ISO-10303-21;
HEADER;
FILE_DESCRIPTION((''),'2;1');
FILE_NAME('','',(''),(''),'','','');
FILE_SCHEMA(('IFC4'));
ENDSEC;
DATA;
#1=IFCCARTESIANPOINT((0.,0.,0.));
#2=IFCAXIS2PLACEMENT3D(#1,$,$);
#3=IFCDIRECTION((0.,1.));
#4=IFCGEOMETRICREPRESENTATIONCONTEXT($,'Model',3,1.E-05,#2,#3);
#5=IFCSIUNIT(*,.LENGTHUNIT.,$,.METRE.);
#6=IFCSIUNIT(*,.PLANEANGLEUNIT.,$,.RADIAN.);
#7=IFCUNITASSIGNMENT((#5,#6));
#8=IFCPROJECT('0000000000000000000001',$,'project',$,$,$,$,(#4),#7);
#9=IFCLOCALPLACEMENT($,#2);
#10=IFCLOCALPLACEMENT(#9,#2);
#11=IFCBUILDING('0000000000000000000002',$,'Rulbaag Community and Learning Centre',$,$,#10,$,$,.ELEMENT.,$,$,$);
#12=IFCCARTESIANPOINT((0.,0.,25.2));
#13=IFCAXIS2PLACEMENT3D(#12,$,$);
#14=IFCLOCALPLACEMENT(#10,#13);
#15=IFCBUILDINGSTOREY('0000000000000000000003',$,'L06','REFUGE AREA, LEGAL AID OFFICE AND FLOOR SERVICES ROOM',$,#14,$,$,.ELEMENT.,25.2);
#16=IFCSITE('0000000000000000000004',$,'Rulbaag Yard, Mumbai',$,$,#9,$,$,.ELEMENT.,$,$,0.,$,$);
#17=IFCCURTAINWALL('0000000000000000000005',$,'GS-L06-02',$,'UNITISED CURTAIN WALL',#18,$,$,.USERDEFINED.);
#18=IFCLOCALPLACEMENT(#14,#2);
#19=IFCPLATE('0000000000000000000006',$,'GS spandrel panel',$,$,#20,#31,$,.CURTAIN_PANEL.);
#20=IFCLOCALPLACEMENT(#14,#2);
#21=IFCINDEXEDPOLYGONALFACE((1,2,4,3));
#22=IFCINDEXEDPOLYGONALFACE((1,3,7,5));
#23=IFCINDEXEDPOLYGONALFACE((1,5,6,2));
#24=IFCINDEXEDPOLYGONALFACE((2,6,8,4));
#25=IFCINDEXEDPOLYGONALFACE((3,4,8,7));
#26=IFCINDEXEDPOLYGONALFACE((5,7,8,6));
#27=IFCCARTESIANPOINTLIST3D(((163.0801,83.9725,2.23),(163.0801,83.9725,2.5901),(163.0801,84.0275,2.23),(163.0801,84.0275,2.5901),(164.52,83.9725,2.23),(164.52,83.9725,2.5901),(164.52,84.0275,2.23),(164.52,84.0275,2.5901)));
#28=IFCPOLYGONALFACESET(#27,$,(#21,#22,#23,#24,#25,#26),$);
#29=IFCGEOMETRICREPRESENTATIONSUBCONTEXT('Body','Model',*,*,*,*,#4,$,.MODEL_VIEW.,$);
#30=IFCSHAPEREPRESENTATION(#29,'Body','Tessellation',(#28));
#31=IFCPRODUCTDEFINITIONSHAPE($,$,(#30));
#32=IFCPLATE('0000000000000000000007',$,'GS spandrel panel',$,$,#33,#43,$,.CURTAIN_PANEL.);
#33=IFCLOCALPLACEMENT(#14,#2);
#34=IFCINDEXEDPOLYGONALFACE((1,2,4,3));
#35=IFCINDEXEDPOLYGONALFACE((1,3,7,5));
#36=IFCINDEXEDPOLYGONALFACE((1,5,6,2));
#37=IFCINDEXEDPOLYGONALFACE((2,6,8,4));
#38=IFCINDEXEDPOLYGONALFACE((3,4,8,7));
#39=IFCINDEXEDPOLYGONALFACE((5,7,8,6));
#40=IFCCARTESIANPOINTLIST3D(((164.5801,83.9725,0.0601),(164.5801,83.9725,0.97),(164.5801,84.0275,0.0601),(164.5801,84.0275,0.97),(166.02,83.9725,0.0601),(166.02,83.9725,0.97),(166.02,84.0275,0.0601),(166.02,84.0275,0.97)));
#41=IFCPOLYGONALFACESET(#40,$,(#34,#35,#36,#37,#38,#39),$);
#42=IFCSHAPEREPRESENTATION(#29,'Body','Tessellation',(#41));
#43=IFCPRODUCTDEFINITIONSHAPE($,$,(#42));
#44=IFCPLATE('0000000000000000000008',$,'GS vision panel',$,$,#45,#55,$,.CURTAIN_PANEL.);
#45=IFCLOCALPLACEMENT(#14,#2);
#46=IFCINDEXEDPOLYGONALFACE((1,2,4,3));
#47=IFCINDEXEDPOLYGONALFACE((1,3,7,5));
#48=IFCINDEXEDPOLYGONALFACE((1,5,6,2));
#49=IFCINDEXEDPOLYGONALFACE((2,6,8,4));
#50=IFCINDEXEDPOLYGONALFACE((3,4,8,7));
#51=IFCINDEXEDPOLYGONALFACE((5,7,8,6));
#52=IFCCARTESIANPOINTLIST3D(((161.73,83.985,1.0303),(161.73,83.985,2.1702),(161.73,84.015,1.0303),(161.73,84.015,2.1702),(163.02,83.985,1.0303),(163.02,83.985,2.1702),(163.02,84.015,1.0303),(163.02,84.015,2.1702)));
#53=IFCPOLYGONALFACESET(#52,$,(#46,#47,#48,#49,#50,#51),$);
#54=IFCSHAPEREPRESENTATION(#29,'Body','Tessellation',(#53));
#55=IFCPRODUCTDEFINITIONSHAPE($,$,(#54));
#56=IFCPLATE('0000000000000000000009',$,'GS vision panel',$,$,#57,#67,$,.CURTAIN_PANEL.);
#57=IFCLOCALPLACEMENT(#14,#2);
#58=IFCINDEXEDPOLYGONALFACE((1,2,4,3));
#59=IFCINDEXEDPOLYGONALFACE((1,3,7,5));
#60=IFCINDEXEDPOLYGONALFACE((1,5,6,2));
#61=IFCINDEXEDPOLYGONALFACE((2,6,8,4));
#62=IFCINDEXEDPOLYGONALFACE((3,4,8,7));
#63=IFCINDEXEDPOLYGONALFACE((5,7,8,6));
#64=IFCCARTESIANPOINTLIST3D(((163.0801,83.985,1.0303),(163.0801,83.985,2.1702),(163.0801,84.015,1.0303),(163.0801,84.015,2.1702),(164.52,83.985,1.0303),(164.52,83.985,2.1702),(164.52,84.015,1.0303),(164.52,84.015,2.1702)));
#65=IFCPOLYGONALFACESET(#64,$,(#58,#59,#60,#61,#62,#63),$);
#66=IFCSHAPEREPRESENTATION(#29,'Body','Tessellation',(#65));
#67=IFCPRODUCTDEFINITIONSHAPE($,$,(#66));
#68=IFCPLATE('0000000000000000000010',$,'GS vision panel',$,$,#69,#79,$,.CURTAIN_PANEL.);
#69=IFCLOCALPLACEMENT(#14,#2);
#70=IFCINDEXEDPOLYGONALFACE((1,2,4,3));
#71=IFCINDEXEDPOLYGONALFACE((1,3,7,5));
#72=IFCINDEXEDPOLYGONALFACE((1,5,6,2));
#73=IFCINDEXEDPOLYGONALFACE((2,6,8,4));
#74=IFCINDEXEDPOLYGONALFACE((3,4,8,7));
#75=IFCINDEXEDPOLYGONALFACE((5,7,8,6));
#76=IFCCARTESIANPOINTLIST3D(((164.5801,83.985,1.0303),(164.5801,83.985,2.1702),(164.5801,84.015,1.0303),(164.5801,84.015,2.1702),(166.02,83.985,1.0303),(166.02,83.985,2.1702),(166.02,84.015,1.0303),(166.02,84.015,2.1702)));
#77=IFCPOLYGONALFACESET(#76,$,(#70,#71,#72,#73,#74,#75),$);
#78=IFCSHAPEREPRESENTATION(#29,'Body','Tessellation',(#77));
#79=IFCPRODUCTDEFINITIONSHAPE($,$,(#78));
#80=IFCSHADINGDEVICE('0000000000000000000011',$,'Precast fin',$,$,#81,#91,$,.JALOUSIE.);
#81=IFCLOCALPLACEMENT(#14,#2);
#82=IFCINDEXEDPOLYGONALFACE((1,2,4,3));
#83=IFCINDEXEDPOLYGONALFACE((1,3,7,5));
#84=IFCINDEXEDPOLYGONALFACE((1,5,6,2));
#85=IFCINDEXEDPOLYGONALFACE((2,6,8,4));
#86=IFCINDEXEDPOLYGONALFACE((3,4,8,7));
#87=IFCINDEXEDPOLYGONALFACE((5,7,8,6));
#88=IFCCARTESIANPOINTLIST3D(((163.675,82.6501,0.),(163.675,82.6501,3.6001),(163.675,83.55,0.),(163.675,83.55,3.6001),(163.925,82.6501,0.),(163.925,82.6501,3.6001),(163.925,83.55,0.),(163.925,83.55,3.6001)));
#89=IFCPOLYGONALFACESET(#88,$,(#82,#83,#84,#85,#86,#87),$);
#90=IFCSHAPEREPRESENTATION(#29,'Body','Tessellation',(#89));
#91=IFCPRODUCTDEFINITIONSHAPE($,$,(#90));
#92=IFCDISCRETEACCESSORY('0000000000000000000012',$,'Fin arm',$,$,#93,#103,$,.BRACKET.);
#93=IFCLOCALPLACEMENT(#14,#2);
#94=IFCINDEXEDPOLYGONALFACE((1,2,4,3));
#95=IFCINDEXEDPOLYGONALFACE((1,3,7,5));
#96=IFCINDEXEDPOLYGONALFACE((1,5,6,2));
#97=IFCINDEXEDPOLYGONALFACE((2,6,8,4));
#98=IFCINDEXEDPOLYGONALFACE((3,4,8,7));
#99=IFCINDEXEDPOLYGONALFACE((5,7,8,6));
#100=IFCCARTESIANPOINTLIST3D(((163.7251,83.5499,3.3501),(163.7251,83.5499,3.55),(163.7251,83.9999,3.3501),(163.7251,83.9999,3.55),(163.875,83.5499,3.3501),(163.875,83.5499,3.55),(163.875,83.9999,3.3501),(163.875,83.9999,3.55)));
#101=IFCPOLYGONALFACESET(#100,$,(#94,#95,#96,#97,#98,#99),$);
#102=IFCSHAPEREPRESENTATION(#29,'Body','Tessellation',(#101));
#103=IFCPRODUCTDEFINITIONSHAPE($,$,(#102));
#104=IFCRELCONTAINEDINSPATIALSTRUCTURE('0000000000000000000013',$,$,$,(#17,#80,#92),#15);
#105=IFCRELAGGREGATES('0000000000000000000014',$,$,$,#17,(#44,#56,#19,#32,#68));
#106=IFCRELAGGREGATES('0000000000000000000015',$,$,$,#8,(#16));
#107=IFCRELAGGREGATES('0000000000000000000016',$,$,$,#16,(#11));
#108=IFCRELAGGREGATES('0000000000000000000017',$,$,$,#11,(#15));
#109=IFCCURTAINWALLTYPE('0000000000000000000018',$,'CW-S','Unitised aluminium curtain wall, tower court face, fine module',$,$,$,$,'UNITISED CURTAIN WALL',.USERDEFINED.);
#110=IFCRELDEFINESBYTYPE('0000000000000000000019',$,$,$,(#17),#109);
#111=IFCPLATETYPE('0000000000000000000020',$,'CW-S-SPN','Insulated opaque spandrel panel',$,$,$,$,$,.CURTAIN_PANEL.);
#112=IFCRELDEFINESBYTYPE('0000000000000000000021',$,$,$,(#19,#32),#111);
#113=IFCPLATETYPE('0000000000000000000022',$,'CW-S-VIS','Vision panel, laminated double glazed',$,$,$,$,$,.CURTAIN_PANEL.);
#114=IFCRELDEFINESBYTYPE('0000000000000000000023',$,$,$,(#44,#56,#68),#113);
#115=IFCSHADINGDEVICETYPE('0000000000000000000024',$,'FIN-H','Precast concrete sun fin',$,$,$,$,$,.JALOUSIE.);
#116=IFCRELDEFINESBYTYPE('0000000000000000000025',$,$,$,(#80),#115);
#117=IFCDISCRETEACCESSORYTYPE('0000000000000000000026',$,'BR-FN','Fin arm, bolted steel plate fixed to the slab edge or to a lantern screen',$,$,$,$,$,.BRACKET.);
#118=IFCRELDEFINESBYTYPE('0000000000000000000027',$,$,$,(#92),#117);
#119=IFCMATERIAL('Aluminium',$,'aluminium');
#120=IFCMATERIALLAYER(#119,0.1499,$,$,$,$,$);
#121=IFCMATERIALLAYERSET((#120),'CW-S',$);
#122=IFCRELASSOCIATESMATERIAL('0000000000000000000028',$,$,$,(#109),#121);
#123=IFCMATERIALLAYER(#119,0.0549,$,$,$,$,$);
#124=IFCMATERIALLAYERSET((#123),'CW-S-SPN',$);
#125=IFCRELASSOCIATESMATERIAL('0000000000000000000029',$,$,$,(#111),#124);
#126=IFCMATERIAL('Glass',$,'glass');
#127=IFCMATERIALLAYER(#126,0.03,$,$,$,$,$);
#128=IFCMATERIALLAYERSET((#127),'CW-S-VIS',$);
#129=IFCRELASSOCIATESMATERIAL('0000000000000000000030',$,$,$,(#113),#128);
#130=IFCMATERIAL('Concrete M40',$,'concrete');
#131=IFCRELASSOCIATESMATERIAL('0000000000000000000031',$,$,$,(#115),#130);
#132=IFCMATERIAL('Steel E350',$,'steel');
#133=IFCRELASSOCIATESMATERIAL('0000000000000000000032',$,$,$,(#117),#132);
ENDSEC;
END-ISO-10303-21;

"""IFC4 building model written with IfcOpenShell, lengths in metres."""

from ifc_helpers import new_model, si_unit, direction, frame, origin, origin_2d, place, context, subcontext, project, spatial, rectangle, extrude, material, layer, layer_set, material_profile, profile_set, type_object, element, aggregate, save


model = new_model("IFC4")

# Units and contexts
model_context = context("Model", 3, precision=1e-05, world=origin(), true_north=direction((0.0, 1.0)))
body_context = subcontext(model_context, "Body", "Model", "MODEL_VIEW")
ifc_project = project(units=[si_unit("LENGTHUNIT", "METRE"), si_unit("PLANEANGLEUNIT", "RADIAN")], contexts=[model_context])

# Site, building, storey
site_placement = place(None, origin())
site = spatial("IfcSite", under=ifc_project, at=site_placement, Name="Rulbaag Yard, Mumbai", CompositionType="ELEMENT", RefElevation=0.0)
building_placement = place(site_placement, origin())
building = spatial("IfcBuilding", under=site, at=building_placement, Name="Rulbaag Community and Learning Centre", CompositionType="ELEMENT")
storey_placement = place(building_placement, frame((0.0, 0.0, 25.2)))
storey = spatial("IfcBuildingStorey", under=building, at=storey_placement, Name="L06", Description="REFUGE AREA, LEGAL AID OFFICE AND FLOOR SERVICES ROOM", CompositionType="ELEMENT", Elevation=25.2)

# Curtain wall, plates
ifc_material_1 = material(Name="Aluminium", Category="aluminium")
ifc_layer_1 = layer(ifc_material_1, 0.1499)
ifc_layer_set_1 = layer_set([ifc_layer_1], Name="CW-S")
curtain_wall_type = type_object("IfcCurtainWallType", Name="CW-S", Description="Unitised aluminium curtain wall, tower court face, fine module", ElementType="UNITISED CURTAIN WALL", PredefinedType="USERDEFINED", material=ifc_layer_set_1)
curtain_wall_placement = place(storey_placement, origin())
curtain_wall = element("IfcCurtainWall", 1, at=curtain_wall_placement, inside=storey, type_object=curtain_wall_type, Name="GS-L06-02", ObjectType="UNITISED CURTAIN WALL", PredefinedType="USERDEFINED")
ifc_layer_2 = layer(ifc_material_1, 0.0549)
ifc_layer_set_2 = layer_set([ifc_layer_2], Name="CW-S-SPN")
plate_type_1 = type_object("IfcPlateType", Name="CW-S-SPN", Description="Insulated opaque spandrel panel", PredefinedType="CURTAIN_PANEL", material=ifc_layer_set_2)
plate_1_placement = place(storey_placement, frame((163.8, 84.0, 2.23), z_axis=(0.0, 0.0, 1.0), x_axis=(1.0, 0.0, 0.0)))
plate_1 = element("IfcPlate", 2, at=plate_1_placement, type_object=plate_type_1, Name="GS spandrel panel", PredefinedType="CURTAIN_PANEL", context=body_context, shape_type="SweptSolid", body=[
    extrude(rectangle(XDim=1.4399, YDim=0.0549, at=origin_2d()), origin(), (0.0, 0.0, 1.0), 0.3601),
])
plate_2_placement = place(storey_placement, frame((165.3, 84.0, 0.0601), z_axis=(0.0, 0.0, 1.0), x_axis=(1.0, 0.0, 0.0)))
plate_2 = element("IfcPlate", 3, at=plate_2_placement, type_object=plate_type_1, Name="GS spandrel panel", PredefinedType="CURTAIN_PANEL", context=body_context, shape_type="SweptSolid", body=[
    extrude(rectangle(XDim=1.4399, YDim=0.0549, at=origin_2d()), origin(), (0.0, 0.0, 1.0), 0.9099),
])
ifc_material_2 = material(Name="Glass", Category="glass")
ifc_layer_3 = layer(ifc_material_2, 0.03)
ifc_layer_set_3 = layer_set([ifc_layer_3], Name="CW-S-VIS")
plate_type_2 = type_object("IfcPlateType", Name="CW-S-VIS", Description="Vision panel, laminated double glazed", PredefinedType="CURTAIN_PANEL", material=ifc_layer_set_3)
plate_3_placement = place(storey_placement, frame((162.375, 84.0, 1.0303), z_axis=(0.0, 0.0, 1.0), x_axis=(1.0, 0.0, 0.0)))
plate_3 = element("IfcPlate", 4, at=plate_3_placement, type_object=plate_type_2, Name="GS vision panel", PredefinedType="CURTAIN_PANEL", context=body_context, shape_type="SweptSolid", body=[
    extrude(rectangle(XDim=1.29, YDim=0.03, at=origin_2d()), origin(), (0.0, 0.0, 1.0), 1.1399),
])
plate_4_placement = place(storey_placement, frame((163.8, 84.0, 1.0303), z_axis=(0.0, 0.0, 1.0), x_axis=(1.0, 0.0, 0.0)))
plate_4 = element("IfcPlate", 5, at=plate_4_placement, type_object=plate_type_2, Name="GS vision panel", PredefinedType="CURTAIN_PANEL", context=body_context, shape_type="SweptSolid", body=[
    extrude(rectangle(XDim=1.4399, YDim=0.03, at=origin_2d()), origin(), (0.0, 0.0, 1.0), 1.1399),
])
plate_5_placement = place(storey_placement, frame((165.3, 84.0, 1.0303), z_axis=(0.0, 0.0, 1.0), x_axis=(1.0, 0.0, 0.0)))
plate_5 = element("IfcPlate", 6, at=plate_5_placement, type_object=plate_type_2, Name="GS vision panel", PredefinedType="CURTAIN_PANEL", context=body_context, shape_type="SweptSolid", body=[
    extrude(rectangle(XDim=1.4399, YDim=0.03, at=origin_2d()), origin(), (0.0, 0.0, 1.0), 1.1399),
])
aggregate(curtain_wall, [plate_3, plate_4, plate_1, plate_2, plate_5])

# Shading device
ifc_material_3 = material(Name="Concrete M40", Category="concrete")
ifc_material_profile_1 = material_profile(ifc_material_3, rectangle(XDim=0.25, YDim=0.8999, at=origin_2d()), Name="PC 250x900")
ifc_profile_set_1 = profile_set([ifc_material_profile_1], Name="Concrete M40")
shading_device_type_1 = type_object("IfcShadingDeviceType", Name="FIN-H", Description="Precast concrete sun fin", PredefinedType="JALOUSIE", material=ifc_profile_set_1)
shading_device_1_placement = place(storey_placement, frame((163.8, 83.1001, 0.0), z_axis=(0.0, 0.0, 1.0), x_axis=(1.0, 0.0, 0.0)))
element("IfcShadingDevice", 7, at=shading_device_1_placement, inside=storey, type_object=shading_device_type_1, Name="Precast fin", PredefinedType="JALOUSIE", context=body_context, shape_type="SweptSolid", body=[
    extrude(rectangle(XDim=0.25, YDim=0.8999, at=origin_2d()), origin(), (0.0, 0.0, 1.0), 3.6001),
])

# Discrete accessory
ifc_material_4 = material(Name="Steel E350", Category="steel")
discrete_accessory_type = type_object("IfcDiscreteAccessoryType", Name="BR-FN", Description="Fin arm, bolted steel plate fixed to the slab edge or to a lantern screen", PredefinedType="BRACKET", material=ifc_material_4)
discrete_accessory_placement = place(storey_placement, frame((163.8, 83.7749, 3.3501), z_axis=(0.0, 0.0, 1.0), x_axis=(1.0, 0.0, 0.0)))
element("IfcDiscreteAccessory", 8, at=discrete_accessory_placement, inside=storey, type_object=discrete_accessory_type, Name="Fin arm", PredefinedType="BRACKET", context=body_context, shape_type="SweptSolid", body=[
    extrude(rectangle(XDim=0.1499, YDim=0.45, at=origin_2d()), origin(), (0.0, 0.0, 1.0), 0.2),
])

save(model, "model.ifc")
